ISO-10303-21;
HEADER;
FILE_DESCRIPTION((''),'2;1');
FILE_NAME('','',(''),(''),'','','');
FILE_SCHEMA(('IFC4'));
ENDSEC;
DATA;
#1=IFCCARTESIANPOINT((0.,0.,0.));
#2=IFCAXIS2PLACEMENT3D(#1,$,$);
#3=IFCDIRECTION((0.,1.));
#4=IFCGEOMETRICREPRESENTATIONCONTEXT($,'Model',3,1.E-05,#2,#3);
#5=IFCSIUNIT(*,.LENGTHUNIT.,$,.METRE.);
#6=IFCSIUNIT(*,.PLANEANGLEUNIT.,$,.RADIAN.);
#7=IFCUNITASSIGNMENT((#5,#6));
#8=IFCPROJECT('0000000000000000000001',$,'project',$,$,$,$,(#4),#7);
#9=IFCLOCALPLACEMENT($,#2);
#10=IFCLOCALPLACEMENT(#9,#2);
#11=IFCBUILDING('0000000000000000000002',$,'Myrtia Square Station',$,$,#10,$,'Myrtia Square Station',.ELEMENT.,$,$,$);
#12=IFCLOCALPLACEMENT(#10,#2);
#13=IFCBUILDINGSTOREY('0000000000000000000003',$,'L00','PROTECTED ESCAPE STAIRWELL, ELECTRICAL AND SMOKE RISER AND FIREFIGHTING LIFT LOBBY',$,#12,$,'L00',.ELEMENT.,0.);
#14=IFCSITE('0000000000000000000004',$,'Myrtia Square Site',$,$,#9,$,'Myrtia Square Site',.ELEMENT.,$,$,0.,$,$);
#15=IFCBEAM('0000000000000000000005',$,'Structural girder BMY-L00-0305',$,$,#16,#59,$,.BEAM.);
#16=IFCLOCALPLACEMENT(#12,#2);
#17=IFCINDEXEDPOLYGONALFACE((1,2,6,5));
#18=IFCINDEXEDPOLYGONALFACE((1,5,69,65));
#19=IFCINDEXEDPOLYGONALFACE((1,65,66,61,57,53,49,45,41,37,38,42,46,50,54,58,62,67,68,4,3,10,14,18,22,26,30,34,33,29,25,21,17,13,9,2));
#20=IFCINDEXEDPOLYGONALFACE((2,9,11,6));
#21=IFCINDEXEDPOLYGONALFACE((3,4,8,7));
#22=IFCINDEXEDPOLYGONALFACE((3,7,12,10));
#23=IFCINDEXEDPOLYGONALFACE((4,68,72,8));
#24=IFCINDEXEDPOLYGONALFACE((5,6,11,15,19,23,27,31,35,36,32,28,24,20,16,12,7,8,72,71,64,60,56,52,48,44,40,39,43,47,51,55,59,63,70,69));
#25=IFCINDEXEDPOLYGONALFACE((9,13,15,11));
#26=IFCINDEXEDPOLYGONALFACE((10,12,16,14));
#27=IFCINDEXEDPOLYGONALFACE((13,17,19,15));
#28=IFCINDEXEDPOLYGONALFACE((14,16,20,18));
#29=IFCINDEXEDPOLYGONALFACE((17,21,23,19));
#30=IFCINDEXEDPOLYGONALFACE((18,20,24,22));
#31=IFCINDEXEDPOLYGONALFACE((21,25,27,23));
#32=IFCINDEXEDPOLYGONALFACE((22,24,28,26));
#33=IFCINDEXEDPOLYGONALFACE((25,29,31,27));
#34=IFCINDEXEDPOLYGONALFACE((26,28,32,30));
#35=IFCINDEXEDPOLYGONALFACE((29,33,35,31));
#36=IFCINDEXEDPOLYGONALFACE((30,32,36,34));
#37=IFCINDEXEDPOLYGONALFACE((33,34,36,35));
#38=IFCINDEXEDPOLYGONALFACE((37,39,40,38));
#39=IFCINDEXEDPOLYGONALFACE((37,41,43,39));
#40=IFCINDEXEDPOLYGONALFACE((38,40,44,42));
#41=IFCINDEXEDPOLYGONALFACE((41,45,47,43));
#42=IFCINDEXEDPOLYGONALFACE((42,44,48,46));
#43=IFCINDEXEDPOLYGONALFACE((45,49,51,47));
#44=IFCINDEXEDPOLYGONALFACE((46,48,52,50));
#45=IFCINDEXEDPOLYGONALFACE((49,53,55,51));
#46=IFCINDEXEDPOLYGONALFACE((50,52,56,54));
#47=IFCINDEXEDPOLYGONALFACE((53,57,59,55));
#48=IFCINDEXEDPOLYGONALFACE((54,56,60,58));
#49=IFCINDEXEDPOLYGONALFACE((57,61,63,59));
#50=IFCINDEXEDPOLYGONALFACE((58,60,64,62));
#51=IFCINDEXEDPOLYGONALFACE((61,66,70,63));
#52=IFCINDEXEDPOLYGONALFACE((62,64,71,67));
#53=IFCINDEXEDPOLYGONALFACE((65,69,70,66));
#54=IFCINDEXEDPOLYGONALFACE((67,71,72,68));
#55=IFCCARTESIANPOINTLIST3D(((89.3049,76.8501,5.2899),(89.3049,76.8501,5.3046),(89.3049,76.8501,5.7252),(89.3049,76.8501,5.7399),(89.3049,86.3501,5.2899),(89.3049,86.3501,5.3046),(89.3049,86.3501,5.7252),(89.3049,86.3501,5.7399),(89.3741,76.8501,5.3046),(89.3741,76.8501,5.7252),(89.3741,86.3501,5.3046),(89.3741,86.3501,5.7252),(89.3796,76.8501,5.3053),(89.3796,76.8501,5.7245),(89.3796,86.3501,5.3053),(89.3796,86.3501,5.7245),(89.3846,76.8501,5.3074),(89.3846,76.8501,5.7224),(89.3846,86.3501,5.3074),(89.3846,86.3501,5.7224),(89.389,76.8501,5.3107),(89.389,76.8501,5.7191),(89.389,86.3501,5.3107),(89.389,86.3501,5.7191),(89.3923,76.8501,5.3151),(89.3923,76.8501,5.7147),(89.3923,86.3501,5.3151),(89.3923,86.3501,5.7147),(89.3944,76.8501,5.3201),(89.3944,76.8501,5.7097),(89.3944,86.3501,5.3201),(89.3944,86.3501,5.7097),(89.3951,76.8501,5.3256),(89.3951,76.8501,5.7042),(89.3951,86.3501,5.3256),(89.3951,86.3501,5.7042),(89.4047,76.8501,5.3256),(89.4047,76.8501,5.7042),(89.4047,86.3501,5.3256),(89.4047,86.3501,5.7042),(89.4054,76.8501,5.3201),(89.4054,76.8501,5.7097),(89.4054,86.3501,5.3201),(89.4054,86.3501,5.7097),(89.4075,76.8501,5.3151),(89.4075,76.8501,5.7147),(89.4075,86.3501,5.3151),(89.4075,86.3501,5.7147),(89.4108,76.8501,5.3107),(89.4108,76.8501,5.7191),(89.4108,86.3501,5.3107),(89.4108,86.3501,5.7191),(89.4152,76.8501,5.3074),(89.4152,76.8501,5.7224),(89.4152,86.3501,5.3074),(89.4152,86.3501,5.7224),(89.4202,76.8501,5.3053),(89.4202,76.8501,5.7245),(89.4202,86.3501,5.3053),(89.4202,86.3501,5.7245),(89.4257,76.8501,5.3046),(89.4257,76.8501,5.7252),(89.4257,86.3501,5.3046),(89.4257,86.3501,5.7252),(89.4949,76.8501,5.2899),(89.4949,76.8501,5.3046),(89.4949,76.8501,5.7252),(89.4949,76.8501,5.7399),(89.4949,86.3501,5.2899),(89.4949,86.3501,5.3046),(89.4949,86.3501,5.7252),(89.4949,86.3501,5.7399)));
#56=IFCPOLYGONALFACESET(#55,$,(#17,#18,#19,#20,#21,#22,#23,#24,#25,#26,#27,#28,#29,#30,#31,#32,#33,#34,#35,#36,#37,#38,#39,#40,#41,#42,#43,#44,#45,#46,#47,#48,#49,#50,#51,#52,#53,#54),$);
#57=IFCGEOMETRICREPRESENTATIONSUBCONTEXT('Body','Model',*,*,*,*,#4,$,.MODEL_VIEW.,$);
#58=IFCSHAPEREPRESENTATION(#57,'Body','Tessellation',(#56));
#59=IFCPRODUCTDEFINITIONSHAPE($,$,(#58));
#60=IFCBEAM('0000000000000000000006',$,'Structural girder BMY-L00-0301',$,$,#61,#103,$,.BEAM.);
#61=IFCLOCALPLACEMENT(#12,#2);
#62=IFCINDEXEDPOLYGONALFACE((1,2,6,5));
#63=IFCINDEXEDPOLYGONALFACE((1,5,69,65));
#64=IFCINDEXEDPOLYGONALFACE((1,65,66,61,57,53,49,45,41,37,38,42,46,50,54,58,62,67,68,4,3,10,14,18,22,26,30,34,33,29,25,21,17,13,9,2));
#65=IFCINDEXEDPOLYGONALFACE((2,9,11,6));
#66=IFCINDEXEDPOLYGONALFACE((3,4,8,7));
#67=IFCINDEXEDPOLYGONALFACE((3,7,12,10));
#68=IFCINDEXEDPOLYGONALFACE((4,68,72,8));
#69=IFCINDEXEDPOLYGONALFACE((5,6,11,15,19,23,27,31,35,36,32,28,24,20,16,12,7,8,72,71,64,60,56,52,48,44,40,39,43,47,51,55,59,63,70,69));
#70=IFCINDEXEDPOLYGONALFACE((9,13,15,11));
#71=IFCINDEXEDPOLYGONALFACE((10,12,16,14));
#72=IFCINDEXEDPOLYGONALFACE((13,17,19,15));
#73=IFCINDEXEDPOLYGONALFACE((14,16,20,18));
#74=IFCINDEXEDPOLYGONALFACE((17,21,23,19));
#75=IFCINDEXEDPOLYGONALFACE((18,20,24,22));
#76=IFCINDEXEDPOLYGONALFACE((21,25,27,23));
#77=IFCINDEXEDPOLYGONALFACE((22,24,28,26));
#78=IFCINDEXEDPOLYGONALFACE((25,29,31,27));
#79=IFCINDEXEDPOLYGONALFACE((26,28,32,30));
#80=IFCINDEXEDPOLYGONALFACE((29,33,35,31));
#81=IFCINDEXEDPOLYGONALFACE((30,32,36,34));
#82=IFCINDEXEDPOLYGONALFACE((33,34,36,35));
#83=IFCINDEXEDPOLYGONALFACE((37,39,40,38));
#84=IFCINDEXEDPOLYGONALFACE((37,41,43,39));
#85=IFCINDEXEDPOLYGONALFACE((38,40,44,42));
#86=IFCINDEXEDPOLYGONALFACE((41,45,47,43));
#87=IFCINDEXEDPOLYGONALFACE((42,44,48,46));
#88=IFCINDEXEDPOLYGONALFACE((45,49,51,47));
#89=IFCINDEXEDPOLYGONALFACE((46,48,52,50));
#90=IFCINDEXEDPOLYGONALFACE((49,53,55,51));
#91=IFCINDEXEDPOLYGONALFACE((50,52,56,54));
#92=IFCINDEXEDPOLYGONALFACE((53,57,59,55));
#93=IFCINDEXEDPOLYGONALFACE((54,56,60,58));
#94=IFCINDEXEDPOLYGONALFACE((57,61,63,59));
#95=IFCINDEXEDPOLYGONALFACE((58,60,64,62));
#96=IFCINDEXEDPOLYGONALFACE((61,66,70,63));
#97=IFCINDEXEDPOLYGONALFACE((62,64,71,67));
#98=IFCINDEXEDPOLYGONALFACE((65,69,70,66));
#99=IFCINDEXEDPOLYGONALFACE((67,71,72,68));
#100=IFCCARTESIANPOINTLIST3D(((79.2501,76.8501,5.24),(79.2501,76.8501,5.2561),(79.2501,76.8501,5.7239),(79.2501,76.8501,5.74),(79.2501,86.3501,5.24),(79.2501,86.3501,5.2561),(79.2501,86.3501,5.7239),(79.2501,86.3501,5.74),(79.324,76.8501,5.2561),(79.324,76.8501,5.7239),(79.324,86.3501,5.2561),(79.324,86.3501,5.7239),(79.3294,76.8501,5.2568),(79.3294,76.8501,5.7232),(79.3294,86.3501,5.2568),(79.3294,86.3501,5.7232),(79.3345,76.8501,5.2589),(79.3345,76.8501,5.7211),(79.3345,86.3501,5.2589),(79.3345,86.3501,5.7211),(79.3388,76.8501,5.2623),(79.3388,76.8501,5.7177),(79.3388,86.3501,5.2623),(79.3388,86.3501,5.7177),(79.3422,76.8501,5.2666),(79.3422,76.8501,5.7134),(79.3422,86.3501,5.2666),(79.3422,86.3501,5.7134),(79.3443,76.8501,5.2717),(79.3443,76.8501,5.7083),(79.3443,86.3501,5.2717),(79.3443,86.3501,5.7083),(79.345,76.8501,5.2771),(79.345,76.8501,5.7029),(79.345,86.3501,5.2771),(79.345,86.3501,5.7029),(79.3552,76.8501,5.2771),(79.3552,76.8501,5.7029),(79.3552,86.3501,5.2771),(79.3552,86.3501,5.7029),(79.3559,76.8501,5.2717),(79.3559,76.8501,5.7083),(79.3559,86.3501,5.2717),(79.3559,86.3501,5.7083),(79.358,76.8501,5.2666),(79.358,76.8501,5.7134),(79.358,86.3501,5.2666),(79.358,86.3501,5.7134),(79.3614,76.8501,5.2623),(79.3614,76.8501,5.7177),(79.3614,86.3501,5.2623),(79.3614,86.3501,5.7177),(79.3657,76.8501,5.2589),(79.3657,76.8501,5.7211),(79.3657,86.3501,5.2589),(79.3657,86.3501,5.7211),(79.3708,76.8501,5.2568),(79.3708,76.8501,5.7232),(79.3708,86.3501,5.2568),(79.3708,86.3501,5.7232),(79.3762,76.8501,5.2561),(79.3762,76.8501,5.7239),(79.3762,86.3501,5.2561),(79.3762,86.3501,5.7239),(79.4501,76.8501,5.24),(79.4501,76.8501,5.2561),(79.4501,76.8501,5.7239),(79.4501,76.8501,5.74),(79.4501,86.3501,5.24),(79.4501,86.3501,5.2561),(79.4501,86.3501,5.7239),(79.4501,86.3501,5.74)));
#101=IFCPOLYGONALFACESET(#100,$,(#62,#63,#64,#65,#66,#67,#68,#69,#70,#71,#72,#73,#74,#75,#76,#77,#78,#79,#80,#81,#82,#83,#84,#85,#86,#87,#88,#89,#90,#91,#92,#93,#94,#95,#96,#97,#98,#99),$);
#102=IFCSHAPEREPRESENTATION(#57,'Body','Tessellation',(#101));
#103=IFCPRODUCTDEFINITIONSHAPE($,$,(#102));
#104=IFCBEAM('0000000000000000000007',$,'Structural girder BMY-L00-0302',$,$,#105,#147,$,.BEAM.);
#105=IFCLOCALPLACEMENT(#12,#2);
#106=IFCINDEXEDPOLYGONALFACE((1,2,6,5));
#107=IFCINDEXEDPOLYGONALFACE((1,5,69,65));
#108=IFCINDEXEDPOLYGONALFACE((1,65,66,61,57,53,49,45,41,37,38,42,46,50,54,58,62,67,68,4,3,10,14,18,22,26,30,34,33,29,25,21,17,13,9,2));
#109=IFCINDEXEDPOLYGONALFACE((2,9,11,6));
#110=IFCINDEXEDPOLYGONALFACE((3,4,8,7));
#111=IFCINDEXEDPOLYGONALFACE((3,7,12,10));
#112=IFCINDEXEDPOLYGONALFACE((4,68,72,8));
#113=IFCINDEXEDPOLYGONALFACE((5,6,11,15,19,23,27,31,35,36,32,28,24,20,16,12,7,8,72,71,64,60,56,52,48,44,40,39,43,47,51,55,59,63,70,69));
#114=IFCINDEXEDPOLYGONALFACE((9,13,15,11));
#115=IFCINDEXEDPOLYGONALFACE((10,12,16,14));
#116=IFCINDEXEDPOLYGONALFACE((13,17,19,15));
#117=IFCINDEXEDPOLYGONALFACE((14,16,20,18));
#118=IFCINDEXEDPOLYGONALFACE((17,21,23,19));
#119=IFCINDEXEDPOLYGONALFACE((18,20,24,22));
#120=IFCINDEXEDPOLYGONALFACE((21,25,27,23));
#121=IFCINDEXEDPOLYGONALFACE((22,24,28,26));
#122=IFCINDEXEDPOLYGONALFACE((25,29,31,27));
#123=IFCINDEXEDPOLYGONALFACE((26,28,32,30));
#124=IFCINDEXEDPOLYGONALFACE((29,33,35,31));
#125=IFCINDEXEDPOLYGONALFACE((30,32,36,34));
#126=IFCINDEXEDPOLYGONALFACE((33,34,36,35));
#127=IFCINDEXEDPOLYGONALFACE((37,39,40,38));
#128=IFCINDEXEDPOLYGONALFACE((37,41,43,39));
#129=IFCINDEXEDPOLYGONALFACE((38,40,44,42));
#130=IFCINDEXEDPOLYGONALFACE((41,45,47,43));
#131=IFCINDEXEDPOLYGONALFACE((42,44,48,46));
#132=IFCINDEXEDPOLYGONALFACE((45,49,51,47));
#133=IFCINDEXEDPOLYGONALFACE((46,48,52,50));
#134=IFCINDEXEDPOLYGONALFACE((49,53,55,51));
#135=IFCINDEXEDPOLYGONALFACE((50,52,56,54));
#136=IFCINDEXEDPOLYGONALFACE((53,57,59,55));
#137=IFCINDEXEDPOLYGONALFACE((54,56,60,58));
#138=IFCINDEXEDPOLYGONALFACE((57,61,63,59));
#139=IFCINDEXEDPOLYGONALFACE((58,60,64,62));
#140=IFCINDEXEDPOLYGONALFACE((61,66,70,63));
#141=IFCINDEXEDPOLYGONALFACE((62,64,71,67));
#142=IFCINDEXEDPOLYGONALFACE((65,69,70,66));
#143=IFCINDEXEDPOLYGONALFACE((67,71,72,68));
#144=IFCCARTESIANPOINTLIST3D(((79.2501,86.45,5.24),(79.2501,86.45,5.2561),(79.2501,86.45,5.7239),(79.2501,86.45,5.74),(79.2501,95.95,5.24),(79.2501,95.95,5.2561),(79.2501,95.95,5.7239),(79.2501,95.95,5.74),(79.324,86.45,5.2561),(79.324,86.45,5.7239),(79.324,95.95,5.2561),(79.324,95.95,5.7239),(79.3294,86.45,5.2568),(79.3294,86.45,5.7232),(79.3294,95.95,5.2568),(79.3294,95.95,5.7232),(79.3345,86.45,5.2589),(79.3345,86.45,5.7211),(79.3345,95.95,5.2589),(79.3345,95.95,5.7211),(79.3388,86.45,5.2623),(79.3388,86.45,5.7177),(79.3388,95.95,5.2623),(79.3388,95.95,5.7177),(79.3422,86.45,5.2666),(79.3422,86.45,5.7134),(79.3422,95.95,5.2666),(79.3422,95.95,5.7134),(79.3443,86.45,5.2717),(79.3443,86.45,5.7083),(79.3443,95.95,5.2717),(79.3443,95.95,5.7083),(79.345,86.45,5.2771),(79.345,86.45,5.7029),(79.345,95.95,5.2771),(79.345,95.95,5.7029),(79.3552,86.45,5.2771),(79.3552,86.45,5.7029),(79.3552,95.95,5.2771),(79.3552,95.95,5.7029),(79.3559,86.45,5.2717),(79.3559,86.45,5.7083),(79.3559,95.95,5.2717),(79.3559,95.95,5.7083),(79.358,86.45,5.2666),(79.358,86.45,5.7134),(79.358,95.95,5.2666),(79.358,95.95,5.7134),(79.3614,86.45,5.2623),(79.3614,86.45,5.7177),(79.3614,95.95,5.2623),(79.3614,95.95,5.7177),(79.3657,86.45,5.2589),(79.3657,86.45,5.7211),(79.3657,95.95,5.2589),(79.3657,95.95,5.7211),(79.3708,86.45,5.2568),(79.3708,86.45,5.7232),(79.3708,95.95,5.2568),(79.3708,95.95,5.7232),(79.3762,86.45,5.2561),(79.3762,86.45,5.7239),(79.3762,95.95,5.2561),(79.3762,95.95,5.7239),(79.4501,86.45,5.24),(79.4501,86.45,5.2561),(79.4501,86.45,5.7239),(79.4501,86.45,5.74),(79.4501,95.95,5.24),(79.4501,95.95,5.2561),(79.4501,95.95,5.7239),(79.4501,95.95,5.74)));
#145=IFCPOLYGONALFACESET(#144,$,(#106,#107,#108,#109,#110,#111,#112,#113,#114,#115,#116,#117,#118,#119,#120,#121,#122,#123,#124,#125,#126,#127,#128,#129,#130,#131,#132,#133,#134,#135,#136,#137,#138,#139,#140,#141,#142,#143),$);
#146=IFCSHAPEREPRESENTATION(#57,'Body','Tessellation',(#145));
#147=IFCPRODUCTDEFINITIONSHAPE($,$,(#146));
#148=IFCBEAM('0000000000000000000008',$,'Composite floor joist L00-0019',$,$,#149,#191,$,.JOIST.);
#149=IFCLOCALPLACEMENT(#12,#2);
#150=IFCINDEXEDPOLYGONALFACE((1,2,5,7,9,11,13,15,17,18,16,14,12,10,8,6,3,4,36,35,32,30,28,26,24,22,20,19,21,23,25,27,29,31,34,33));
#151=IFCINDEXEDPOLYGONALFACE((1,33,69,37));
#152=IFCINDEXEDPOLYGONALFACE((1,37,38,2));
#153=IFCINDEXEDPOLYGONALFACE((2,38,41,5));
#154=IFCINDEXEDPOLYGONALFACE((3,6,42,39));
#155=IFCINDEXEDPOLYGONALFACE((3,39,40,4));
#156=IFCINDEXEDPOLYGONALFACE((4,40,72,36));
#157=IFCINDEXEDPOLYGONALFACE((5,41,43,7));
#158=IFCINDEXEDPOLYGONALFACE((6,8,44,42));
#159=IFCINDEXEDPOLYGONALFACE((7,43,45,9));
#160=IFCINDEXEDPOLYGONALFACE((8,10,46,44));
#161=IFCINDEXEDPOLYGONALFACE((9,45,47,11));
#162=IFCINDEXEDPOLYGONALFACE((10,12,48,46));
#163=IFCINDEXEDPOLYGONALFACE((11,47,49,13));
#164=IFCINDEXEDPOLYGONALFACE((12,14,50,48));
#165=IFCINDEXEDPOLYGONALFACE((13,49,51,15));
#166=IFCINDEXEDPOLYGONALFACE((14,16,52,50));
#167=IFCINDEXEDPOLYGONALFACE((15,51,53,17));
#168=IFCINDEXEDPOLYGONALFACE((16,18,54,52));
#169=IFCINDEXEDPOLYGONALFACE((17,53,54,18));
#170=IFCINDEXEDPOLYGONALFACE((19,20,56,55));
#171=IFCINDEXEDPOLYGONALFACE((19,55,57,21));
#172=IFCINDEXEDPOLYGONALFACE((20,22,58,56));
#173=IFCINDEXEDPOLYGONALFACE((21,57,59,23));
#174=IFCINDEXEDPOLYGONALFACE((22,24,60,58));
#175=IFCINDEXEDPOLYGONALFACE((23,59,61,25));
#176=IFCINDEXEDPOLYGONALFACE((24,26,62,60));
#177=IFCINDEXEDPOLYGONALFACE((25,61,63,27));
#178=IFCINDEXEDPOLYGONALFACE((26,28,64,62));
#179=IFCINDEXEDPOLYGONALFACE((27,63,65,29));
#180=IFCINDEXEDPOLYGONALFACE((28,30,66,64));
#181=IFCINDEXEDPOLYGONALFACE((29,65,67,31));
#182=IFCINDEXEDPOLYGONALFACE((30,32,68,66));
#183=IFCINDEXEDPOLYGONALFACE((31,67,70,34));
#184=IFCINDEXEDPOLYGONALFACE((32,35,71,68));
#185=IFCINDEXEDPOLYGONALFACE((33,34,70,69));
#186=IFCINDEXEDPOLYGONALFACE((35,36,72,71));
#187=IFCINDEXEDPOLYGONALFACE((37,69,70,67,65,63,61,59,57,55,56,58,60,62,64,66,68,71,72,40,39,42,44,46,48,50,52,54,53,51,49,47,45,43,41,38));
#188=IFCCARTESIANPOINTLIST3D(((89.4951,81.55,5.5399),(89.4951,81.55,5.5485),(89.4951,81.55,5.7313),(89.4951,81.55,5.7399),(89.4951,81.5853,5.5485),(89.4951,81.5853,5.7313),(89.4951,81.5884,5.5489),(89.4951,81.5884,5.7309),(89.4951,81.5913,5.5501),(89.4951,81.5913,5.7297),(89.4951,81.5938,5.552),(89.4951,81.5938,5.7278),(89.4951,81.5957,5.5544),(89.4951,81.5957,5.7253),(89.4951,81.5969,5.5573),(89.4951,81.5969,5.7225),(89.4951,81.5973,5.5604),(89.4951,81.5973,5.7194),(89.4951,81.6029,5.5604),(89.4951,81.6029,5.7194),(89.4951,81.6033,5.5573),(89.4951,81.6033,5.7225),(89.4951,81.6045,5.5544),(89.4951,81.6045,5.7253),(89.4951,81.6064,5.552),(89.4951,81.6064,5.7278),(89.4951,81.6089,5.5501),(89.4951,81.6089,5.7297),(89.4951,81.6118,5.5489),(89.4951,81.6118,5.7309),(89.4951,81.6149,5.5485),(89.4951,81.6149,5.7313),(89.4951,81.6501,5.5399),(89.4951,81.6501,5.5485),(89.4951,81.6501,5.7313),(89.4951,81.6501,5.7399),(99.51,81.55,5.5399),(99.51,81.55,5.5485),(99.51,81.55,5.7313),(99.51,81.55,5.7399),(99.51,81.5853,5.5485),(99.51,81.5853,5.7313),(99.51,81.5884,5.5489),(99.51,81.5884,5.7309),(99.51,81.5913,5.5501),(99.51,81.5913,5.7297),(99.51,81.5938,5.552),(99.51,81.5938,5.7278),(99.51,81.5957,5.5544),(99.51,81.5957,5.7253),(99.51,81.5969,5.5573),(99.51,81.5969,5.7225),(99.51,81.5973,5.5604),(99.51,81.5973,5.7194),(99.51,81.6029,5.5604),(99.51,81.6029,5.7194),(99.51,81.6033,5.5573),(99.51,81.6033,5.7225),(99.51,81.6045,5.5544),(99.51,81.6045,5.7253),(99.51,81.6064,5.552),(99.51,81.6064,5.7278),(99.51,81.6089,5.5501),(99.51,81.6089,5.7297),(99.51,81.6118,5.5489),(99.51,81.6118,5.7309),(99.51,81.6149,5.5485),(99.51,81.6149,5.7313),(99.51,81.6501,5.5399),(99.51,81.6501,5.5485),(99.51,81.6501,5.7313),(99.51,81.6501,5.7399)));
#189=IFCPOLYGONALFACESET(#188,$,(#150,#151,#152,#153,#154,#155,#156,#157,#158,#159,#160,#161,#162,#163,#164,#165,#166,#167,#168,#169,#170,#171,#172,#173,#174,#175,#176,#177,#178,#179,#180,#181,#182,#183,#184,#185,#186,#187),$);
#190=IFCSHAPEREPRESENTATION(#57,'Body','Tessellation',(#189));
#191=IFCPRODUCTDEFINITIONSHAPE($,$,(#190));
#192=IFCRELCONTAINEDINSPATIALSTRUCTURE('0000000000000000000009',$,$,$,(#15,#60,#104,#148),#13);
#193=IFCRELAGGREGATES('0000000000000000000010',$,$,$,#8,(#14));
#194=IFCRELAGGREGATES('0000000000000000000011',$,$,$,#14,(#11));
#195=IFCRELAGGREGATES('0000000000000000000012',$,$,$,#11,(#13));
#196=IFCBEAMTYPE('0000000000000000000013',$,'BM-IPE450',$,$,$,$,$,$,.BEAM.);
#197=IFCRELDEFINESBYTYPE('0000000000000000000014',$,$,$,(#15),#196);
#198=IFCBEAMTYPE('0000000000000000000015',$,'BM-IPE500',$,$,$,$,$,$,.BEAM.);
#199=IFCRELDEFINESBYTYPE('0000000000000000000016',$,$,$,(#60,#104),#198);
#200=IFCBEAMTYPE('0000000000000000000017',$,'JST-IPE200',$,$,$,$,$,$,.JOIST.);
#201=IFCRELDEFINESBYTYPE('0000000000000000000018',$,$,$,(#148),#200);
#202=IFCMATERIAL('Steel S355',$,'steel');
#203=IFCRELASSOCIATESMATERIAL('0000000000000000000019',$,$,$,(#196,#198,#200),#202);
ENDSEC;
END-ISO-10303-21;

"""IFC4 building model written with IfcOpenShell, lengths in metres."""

from ifc_helpers import new_model, si_unit, direction, frame, origin, origin_2d, place, context, subcontext, project, spatial, i_section, extrude, material, material_profile, profile_set, type_object, element, save


model = new_model("IFC4")

# Units and contexts
model_context = context("Model", 3, precision=1e-05, world=origin(), true_north=direction((0.0, 1.0)))
body_context = subcontext(model_context, "Body", "Model", "MODEL_VIEW")
ifc_project = project(units=[si_unit("LENGTHUNIT", "METRE"), si_unit("PLANEANGLEUNIT", "RADIAN")], contexts=[model_context])

# Site, building, storey
site_placement = place(None, origin())
site = spatial("IfcSite", under=ifc_project, at=site_placement, Name="Myrtia Square Site", LongName="Myrtia Square Site", CompositionType="ELEMENT", RefElevation=0.0)
building_placement = place(site_placement, origin())
building = spatial("IfcBuilding", under=site, at=building_placement, Name="Myrtia Square Station", LongName="Myrtia Square Station", CompositionType="ELEMENT")
storey_placement = place(building_placement, origin())
storey = spatial("IfcBuildingStorey", under=building, at=storey_placement, Name="L00", Description="PROTECTED ESCAPE STAIRWELL, ELECTRICAL AND SMOKE RISER AND FIREFIGHTING LIFT LOBBY", LongName="L00", CompositionType="ELEMENT", Elevation=0.0)

# Shared definitions
ifc_material_1 = material(Name="Steel S355", Category="steel")

# Beams
ifc_material_profile_1 = material_profile(ifc_material_1, i_section(OverallWidth=0.1899, OverallDepth=0.45, WebThickness=0.0095, FlangeThickness=0.0146, FilletRadius=0.021, at=origin_2d()), Name="IPE 450")
ifc_profile_set_1 = profile_set([ifc_material_profile_1], Name="Steel S355")
beam_type_1 = type_object("IfcBeamType", Name="BM-IPE450", PredefinedType="BEAM", material=ifc_profile_set_1)
beam_1_placement = place(storey_placement, frame((89.3999, 76.8501, 5.5149), z_axis=(0.0, 1.0, 0.0), x_axis=(-1.0, 0.0, 0.0)))
element("IfcBeam", 1, at=beam_1_placement, inside=storey, type_object=beam_type_1, Name="Structural girder BMY-L00-0305", PredefinedType="BEAM", context=body_context, shape_type="SweptSolid", body=[
    extrude(i_section(OverallWidth=0.1899, OverallDepth=0.45, WebThickness=0.0095, FlangeThickness=0.0146, FilletRadius=0.021, at=origin_2d()), origin(), (0.0, 0.0, 1.0), 9.5),
])
ifc_material_profile_2 = material_profile(ifc_material_1, i_section(OverallWidth=0.2, OverallDepth=0.5, WebThickness=0.0103, FlangeThickness=0.0161, FilletRadius=0.021, at=origin_2d()), Name="IPE 500")
ifc_profile_set_2 = profile_set([ifc_material_profile_2], Name="Steel S355")
beam_type_2 = type_object("IfcBeamType", Name="BM-IPE500", PredefinedType="BEAM", material=ifc_profile_set_2)
for number, where, z_axis, x_axis, name in (
    (2, (79.3501, 76.8501, 5.49), (0.0, 1.0, 0.0), (-1.0, 0.0, 0.0), "Structural girder BMY-L00-0301"),
    (3, (79.3501, 86.45, 5.49), (0.0, 1.0, 0.0), (-1.0, 0.0, 0.0), "Structural girder BMY-L00-0302"),
):
    element("IfcBeam", number, at=place(storey_placement, frame(where, z_axis=z_axis, x_axis=x_axis)), inside=storey, type_object=beam_type_2, Name=name, PredefinedType="BEAM", context=body_context, shape_type="SweptSolid", body=[
        extrude(i_section(OverallWidth=0.2, OverallDepth=0.5, WebThickness=0.0103, FlangeThickness=0.0161, FilletRadius=0.021, at=origin_2d()), origin(), (0.0, 0.0, 1.0), 9.5),
    ])
ifc_material_profile_3 = material_profile(ifc_material_1, i_section(OverallWidth=0.1001, OverallDepth=0.2, WebThickness=0.0056, FlangeThickness=0.0085, FilletRadius=0.012, at=origin_2d()), Name="IPE 200")
ifc_profile_set_3 = profile_set([ifc_material_profile_3], Name="Steel S355")
beam_type_3 = type_object("IfcBeamType", Name="JST-IPE200", PredefinedType="JOIST", material=ifc_profile_set_3)
beam_2_placement = place(storey_placement, frame((89.4951, 81.6001, 5.6399), z_axis=(1.0, 0.0, 0.0), x_axis=(0.0, 1.0, 0.0)))
element("IfcBeam", 4, at=beam_2_placement, inside=storey, type_object=beam_type_3, Name="Composite floor joist L00-0019", PredefinedType="JOIST", context=body_context, shape_type="SweptSolid", body=[
    extrude(i_section(OverallWidth=0.1001, OverallDepth=0.2, WebThickness=0.0056, FlangeThickness=0.0085, FilletRadius=0.012, at=origin_2d()), origin(), (0.0, 0.0, 1.0), 10.0149),
])

save(model, "model.ifc")
